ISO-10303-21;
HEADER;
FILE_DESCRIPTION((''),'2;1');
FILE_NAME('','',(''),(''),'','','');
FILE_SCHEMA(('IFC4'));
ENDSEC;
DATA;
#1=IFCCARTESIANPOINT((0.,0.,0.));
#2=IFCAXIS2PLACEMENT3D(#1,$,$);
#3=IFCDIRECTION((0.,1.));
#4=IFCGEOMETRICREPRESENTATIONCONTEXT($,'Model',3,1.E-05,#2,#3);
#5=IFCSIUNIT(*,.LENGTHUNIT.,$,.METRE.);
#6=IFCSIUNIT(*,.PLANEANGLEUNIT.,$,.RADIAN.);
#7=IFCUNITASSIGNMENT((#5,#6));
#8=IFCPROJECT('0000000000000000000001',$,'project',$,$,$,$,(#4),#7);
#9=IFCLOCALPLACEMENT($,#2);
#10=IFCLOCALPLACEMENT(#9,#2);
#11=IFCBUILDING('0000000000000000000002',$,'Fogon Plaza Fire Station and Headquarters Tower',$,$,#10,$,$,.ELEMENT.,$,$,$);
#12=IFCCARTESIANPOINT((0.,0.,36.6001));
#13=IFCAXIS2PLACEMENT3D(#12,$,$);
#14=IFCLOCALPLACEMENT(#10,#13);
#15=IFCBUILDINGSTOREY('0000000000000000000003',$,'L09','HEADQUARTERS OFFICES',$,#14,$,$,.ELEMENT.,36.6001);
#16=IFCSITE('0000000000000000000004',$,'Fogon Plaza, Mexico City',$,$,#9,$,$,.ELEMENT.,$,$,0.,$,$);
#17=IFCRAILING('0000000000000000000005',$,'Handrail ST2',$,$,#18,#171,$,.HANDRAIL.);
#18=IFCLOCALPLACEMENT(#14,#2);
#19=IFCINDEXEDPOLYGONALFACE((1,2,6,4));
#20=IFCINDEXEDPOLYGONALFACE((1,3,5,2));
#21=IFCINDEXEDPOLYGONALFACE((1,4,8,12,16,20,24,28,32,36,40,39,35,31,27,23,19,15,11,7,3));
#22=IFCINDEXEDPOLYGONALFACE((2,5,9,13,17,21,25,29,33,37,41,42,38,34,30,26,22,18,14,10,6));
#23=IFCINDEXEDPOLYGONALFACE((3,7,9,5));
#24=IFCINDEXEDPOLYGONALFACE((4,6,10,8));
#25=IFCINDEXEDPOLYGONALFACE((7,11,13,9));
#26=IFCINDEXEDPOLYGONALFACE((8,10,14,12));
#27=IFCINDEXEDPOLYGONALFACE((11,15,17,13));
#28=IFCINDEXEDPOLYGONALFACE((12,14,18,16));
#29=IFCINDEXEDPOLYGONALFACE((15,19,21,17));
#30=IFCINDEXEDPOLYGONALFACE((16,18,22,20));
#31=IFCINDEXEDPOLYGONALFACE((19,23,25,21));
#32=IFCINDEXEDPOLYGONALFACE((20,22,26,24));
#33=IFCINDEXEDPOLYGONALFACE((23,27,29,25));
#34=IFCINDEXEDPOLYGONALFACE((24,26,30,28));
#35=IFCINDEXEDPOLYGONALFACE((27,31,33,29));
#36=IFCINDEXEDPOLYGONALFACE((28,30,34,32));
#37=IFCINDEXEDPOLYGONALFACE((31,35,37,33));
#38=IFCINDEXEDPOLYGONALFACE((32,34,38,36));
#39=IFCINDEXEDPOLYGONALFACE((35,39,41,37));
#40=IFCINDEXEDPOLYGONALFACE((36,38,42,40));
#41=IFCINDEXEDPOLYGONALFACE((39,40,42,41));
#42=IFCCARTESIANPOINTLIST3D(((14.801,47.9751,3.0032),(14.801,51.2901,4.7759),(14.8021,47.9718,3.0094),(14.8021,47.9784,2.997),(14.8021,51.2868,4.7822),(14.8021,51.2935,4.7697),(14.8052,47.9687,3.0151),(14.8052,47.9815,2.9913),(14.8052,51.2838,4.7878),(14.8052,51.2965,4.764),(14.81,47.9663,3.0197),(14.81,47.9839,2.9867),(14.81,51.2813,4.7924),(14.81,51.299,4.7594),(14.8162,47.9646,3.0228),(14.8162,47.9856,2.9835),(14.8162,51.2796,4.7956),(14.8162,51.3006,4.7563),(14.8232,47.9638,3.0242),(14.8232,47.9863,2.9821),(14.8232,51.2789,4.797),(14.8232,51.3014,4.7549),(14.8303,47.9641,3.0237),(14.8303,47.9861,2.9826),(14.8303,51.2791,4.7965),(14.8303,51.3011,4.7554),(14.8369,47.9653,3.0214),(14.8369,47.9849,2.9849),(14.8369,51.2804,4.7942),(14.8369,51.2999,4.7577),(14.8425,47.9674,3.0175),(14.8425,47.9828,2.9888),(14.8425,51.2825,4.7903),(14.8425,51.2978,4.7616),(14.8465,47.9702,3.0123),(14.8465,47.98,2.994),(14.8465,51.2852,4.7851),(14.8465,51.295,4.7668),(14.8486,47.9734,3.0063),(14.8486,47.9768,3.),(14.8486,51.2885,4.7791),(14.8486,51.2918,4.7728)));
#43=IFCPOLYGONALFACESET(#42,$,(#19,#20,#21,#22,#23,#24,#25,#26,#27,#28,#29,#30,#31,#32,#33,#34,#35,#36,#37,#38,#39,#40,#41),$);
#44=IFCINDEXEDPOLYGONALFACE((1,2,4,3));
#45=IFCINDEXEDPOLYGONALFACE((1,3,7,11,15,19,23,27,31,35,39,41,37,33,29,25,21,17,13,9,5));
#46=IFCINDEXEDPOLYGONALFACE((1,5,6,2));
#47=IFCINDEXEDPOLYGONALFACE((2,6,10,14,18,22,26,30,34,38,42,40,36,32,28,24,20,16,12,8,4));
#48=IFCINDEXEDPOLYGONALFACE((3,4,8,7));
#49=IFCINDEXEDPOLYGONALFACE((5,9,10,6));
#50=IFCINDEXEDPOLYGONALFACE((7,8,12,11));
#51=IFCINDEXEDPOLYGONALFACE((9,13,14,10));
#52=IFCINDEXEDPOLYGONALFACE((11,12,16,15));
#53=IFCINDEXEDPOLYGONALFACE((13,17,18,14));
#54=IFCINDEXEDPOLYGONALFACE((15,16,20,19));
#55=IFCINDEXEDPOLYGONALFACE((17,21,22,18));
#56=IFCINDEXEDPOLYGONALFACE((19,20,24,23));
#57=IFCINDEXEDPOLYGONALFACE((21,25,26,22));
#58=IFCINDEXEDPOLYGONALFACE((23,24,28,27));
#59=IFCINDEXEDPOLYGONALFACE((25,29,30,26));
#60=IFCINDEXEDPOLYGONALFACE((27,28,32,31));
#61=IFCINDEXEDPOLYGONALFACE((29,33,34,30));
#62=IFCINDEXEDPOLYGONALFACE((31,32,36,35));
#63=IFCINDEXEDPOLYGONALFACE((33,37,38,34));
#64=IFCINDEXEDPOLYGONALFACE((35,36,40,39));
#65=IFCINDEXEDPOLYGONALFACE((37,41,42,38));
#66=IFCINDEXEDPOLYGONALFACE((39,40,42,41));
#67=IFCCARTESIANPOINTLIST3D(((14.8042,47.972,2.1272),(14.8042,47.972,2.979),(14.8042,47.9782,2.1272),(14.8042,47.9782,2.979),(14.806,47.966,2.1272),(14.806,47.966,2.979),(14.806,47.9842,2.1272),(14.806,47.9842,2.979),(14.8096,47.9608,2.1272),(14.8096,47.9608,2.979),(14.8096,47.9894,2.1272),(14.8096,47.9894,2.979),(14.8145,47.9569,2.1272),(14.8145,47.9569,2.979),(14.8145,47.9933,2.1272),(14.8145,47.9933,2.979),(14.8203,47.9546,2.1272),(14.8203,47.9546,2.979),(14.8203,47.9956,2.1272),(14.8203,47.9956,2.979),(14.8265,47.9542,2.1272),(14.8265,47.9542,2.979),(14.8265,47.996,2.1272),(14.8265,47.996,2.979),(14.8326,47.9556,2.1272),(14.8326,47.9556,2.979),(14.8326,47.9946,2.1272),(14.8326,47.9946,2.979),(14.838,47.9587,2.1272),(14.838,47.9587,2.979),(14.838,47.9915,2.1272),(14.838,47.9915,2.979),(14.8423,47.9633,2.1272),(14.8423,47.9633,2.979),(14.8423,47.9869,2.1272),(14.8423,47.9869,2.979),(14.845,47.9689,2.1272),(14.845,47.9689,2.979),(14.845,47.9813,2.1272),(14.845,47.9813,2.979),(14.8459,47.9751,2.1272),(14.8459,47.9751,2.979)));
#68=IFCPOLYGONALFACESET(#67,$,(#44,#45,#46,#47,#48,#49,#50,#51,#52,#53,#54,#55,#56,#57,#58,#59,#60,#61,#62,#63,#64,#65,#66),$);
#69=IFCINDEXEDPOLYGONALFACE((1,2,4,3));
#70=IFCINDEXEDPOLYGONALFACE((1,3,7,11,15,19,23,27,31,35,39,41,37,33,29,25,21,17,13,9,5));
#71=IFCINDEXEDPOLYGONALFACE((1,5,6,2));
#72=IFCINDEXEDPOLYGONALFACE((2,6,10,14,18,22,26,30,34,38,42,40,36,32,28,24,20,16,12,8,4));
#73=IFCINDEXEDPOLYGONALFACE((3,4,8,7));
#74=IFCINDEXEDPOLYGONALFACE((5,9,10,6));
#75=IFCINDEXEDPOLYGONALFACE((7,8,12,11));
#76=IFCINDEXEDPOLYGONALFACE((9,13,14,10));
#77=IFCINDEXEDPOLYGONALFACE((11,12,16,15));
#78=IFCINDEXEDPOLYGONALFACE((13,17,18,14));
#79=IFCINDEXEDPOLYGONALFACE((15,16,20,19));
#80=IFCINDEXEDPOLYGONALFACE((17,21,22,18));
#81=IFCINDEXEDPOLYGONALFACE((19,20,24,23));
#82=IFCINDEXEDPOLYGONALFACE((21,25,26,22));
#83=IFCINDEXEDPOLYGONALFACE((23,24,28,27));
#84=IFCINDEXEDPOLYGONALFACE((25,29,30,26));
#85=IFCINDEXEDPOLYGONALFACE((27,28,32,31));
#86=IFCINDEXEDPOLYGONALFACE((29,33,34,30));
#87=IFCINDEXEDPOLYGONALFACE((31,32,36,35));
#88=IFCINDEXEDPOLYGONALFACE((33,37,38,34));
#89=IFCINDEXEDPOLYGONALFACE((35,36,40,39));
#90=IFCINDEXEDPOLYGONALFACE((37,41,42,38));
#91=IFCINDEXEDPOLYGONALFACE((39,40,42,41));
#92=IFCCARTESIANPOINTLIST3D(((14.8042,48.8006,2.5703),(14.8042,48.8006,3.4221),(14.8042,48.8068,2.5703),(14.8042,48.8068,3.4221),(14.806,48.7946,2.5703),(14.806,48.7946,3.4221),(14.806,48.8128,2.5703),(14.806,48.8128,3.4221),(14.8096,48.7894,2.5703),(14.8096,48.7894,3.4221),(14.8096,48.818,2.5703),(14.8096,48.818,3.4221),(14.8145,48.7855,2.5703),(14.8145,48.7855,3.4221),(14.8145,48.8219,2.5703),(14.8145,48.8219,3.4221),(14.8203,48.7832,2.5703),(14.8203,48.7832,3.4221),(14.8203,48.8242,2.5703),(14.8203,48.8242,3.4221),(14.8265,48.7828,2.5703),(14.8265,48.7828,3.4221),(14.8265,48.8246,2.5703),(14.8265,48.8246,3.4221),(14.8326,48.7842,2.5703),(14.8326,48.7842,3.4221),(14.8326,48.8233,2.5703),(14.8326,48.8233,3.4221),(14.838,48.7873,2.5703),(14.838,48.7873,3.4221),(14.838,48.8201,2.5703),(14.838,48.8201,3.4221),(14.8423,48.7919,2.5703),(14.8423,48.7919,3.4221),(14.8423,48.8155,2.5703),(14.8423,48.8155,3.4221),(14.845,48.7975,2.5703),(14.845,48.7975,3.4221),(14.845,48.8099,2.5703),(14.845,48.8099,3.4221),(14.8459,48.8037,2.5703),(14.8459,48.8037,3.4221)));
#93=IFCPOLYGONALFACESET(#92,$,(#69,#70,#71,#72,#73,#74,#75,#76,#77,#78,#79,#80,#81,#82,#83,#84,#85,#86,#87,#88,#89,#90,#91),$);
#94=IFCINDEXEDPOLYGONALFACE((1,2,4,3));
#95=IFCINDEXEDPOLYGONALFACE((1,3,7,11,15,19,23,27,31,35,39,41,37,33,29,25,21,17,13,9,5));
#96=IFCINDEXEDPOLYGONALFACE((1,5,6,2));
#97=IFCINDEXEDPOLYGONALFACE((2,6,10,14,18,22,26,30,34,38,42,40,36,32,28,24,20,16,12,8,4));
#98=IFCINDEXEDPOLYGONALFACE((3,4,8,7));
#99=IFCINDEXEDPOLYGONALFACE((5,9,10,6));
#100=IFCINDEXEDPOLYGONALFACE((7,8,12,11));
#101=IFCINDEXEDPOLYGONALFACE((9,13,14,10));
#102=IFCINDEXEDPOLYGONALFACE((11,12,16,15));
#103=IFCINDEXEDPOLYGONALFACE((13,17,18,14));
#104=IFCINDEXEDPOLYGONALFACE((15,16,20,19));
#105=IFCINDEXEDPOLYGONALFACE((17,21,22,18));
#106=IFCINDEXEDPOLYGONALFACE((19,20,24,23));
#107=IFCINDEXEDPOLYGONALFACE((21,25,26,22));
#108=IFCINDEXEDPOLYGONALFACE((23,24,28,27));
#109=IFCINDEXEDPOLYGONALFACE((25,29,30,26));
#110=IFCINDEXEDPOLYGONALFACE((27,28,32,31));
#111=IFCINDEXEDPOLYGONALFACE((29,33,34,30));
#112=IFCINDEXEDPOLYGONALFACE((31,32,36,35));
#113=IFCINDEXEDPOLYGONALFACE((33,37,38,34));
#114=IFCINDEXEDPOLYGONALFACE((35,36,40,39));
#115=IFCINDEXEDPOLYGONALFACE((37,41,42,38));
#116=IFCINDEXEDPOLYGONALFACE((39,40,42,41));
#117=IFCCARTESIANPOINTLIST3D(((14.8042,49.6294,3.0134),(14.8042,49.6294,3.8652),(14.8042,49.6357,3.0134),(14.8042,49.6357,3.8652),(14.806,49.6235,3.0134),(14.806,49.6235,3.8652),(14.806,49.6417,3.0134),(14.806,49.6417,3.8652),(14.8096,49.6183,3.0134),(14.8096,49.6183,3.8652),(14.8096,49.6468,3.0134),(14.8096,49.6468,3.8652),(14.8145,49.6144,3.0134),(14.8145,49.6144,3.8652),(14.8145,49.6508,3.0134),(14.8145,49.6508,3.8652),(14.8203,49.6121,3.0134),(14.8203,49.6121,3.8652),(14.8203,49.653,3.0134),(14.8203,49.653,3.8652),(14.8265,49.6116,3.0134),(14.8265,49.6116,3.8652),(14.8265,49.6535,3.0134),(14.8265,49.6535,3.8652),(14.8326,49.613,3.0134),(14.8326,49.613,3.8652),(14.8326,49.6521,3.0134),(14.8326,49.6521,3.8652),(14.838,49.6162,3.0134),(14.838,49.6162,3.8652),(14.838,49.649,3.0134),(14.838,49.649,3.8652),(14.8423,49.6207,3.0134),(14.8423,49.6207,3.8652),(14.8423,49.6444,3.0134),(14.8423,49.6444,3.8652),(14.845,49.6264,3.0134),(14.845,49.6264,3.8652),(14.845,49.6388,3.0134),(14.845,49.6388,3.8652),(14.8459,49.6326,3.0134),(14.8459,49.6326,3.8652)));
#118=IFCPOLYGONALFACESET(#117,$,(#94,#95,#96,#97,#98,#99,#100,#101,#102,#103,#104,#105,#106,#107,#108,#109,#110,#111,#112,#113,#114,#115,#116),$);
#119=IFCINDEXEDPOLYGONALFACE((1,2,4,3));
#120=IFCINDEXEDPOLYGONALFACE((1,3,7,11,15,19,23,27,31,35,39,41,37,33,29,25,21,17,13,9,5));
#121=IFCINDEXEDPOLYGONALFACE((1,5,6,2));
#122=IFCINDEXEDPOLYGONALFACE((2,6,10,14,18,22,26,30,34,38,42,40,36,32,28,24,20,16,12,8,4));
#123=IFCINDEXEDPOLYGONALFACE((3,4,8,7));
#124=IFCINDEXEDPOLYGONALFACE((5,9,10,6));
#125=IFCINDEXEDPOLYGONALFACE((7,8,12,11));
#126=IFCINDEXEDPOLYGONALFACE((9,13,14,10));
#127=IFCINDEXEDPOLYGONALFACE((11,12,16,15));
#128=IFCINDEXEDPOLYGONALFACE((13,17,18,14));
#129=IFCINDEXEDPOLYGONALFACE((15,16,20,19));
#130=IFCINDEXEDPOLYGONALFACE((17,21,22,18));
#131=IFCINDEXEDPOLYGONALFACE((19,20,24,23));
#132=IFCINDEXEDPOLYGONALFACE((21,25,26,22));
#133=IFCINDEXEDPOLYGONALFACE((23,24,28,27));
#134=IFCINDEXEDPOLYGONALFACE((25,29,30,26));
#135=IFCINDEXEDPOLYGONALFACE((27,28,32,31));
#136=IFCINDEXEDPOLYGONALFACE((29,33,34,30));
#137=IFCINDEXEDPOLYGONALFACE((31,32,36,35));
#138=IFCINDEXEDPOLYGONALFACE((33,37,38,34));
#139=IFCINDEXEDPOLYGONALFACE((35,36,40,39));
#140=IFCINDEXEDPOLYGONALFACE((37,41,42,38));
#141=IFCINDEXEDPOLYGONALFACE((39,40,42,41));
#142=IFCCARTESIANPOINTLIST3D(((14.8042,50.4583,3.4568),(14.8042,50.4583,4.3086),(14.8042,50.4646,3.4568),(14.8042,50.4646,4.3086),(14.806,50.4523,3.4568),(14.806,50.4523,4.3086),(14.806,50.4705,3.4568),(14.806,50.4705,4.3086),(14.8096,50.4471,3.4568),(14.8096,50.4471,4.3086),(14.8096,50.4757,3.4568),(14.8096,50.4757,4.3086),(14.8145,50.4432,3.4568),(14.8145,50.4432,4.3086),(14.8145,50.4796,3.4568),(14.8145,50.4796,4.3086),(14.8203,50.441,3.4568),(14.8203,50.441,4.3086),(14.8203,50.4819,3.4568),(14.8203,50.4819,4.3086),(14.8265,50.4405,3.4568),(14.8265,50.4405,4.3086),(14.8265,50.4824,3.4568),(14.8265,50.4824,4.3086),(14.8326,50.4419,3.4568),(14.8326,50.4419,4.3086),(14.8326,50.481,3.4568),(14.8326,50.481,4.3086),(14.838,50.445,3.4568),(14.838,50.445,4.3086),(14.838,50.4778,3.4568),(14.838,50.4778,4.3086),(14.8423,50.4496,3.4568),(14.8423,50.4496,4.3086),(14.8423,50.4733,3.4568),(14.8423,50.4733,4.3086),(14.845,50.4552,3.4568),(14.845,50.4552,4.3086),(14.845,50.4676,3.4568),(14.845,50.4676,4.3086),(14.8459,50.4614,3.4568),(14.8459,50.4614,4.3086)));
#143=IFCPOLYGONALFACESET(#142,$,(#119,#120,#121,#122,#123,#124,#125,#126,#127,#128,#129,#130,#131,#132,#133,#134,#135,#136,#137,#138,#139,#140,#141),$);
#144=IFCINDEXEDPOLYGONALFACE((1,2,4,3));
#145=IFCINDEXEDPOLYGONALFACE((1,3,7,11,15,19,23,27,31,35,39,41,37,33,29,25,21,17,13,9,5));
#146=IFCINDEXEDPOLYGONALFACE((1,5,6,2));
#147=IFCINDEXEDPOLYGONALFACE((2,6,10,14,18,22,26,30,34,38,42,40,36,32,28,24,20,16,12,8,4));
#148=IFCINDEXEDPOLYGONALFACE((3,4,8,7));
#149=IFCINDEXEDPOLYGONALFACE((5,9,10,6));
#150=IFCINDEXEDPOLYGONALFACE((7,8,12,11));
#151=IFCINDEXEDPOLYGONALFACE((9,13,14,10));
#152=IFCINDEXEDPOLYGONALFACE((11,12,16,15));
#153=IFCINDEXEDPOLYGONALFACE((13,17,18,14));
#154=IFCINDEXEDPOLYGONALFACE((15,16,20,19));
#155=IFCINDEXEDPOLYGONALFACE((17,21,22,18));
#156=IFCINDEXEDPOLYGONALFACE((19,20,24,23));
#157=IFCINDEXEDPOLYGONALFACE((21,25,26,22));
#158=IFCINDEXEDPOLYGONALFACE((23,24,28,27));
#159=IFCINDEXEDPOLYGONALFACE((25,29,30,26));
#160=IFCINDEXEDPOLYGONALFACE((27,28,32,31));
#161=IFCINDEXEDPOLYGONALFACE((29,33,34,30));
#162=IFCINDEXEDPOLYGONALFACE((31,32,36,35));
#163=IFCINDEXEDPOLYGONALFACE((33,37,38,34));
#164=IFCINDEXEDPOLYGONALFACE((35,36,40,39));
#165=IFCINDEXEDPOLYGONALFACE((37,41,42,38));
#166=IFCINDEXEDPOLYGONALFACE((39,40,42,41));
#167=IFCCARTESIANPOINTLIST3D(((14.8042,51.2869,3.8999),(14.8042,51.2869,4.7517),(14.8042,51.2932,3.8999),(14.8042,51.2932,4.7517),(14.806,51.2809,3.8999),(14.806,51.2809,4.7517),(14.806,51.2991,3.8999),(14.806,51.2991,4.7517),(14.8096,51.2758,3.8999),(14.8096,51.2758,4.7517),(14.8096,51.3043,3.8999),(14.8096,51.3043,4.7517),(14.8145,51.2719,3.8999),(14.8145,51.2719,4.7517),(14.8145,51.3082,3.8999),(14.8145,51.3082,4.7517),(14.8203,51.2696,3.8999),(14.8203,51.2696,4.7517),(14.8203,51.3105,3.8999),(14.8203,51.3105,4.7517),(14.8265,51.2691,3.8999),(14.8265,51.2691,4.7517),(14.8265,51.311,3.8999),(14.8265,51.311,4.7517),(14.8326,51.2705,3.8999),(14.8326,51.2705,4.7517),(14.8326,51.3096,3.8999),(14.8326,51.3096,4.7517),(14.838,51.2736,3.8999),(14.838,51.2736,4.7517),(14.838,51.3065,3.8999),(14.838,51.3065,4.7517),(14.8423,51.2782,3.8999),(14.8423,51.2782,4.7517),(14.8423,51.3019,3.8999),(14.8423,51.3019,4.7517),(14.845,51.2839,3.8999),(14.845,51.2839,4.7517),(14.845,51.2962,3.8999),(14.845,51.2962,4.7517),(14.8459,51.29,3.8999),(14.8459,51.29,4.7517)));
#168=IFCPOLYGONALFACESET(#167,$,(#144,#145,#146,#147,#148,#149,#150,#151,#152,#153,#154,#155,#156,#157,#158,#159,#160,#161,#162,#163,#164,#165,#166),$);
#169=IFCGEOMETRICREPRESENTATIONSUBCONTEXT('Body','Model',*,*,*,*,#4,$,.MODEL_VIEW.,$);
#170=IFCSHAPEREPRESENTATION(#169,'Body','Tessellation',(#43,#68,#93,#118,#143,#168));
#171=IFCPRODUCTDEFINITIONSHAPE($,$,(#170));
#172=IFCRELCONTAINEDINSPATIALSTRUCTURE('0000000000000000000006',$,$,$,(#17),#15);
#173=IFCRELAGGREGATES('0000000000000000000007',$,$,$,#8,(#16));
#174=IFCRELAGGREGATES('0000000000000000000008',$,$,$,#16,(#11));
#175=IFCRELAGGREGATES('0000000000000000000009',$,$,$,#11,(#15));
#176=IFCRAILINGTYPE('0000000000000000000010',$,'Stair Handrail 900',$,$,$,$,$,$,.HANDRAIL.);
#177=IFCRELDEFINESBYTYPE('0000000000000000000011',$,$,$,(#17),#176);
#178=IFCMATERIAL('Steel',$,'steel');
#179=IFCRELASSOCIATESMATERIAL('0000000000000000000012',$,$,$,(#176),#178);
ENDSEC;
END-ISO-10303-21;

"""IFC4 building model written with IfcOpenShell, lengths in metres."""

from ifc_helpers import new_model, si_unit, direction, frame, origin, origin_2d, place, context, subcontext, project, spatial, circle, extrude, material, type_object, element, save


model = new_model("IFC4")

# Units and contexts
model_context = context("Model", 3, precision=1e-05, world=origin(), true_north=direction((0.0, 1.0)))
body_context = subcontext(model_context, "Body", "Model", "MODEL_VIEW")
ifc_project = project(units=[si_unit("LENGTHUNIT", "METRE"), si_unit("PLANEANGLEUNIT", "RADIAN")], contexts=[model_context])

# Site, building, storey
site_placement = place(None, origin())
site = spatial("IfcSite", under=ifc_project, at=site_placement, Name="Fogon Plaza, Mexico City", CompositionType="ELEMENT", RefElevation=0.0)
building_placement = place(site_placement, origin())
building = spatial("IfcBuilding", under=site, at=building_placement, Name="Fogon Plaza Fire Station and Headquarters Tower", CompositionType="ELEMENT")
storey_placement = place(building_placement, frame((0.0, 0.0, 36.6001)))
storey = spatial("IfcBuildingStorey", under=building, at=storey_placement, Name="L09", Description="HEADQUARTERS OFFICES", CompositionType="ELEMENT", Elevation=36.6001)

# Railing
ifc_material_1 = material(Name="Steel", Category="steel")
railing_type = type_object("IfcRailingType", Name="Stair Handrail 900", PredefinedType="HANDRAIL", material=ifc_material_1)
for number, where, name in (
    (1, (14.825, 47.9751, 2.1272), "Handrail ST2"),
):
    element("IfcRailing", number, at=place(storey_placement, frame(where)), inside=storey, type_object=railing_type, Name=name, PredefinedType="HANDRAIL", context=body_context, shape_type="SweptSolid", body=[
        extrude(circle(Radius=0.0239, at=origin_2d()), frame((0.0, 0.0, 0.876), z_axis=(0.0, 0.881829, 0.471569), x_axis=(-1.0, 0.0, 0.0)), (0.0, 0.0, 1.0), 3.7593),
        extrude(circle(Radius=0.021, at=origin_2d()), origin(), (0.0, 0.0, 1.0), 0.8518),
        extrude(circle(Radius=0.021, at=origin_2d()), frame((0.0, 0.8286, 0.4431)), (0.0, 0.0, 1.0), 0.8518),
        extrude(circle(Radius=0.021, at=origin_2d()), frame((0.0, 1.6575, 0.8862)), (0.0, 0.0, 1.0), 0.8518),
        extrude(circle(Radius=0.021, at=origin_2d()), frame((0.0, 2.4863, 1.3296)), (0.0, 0.0, 1.0), 0.8518),
        extrude(circle(Radius=0.021, at=origin_2d()), frame((0.0, 3.3149, 1.7727)), (0.0, 0.0, 1.0), 0.8518),
    ])

save(model, "model.ifc")
